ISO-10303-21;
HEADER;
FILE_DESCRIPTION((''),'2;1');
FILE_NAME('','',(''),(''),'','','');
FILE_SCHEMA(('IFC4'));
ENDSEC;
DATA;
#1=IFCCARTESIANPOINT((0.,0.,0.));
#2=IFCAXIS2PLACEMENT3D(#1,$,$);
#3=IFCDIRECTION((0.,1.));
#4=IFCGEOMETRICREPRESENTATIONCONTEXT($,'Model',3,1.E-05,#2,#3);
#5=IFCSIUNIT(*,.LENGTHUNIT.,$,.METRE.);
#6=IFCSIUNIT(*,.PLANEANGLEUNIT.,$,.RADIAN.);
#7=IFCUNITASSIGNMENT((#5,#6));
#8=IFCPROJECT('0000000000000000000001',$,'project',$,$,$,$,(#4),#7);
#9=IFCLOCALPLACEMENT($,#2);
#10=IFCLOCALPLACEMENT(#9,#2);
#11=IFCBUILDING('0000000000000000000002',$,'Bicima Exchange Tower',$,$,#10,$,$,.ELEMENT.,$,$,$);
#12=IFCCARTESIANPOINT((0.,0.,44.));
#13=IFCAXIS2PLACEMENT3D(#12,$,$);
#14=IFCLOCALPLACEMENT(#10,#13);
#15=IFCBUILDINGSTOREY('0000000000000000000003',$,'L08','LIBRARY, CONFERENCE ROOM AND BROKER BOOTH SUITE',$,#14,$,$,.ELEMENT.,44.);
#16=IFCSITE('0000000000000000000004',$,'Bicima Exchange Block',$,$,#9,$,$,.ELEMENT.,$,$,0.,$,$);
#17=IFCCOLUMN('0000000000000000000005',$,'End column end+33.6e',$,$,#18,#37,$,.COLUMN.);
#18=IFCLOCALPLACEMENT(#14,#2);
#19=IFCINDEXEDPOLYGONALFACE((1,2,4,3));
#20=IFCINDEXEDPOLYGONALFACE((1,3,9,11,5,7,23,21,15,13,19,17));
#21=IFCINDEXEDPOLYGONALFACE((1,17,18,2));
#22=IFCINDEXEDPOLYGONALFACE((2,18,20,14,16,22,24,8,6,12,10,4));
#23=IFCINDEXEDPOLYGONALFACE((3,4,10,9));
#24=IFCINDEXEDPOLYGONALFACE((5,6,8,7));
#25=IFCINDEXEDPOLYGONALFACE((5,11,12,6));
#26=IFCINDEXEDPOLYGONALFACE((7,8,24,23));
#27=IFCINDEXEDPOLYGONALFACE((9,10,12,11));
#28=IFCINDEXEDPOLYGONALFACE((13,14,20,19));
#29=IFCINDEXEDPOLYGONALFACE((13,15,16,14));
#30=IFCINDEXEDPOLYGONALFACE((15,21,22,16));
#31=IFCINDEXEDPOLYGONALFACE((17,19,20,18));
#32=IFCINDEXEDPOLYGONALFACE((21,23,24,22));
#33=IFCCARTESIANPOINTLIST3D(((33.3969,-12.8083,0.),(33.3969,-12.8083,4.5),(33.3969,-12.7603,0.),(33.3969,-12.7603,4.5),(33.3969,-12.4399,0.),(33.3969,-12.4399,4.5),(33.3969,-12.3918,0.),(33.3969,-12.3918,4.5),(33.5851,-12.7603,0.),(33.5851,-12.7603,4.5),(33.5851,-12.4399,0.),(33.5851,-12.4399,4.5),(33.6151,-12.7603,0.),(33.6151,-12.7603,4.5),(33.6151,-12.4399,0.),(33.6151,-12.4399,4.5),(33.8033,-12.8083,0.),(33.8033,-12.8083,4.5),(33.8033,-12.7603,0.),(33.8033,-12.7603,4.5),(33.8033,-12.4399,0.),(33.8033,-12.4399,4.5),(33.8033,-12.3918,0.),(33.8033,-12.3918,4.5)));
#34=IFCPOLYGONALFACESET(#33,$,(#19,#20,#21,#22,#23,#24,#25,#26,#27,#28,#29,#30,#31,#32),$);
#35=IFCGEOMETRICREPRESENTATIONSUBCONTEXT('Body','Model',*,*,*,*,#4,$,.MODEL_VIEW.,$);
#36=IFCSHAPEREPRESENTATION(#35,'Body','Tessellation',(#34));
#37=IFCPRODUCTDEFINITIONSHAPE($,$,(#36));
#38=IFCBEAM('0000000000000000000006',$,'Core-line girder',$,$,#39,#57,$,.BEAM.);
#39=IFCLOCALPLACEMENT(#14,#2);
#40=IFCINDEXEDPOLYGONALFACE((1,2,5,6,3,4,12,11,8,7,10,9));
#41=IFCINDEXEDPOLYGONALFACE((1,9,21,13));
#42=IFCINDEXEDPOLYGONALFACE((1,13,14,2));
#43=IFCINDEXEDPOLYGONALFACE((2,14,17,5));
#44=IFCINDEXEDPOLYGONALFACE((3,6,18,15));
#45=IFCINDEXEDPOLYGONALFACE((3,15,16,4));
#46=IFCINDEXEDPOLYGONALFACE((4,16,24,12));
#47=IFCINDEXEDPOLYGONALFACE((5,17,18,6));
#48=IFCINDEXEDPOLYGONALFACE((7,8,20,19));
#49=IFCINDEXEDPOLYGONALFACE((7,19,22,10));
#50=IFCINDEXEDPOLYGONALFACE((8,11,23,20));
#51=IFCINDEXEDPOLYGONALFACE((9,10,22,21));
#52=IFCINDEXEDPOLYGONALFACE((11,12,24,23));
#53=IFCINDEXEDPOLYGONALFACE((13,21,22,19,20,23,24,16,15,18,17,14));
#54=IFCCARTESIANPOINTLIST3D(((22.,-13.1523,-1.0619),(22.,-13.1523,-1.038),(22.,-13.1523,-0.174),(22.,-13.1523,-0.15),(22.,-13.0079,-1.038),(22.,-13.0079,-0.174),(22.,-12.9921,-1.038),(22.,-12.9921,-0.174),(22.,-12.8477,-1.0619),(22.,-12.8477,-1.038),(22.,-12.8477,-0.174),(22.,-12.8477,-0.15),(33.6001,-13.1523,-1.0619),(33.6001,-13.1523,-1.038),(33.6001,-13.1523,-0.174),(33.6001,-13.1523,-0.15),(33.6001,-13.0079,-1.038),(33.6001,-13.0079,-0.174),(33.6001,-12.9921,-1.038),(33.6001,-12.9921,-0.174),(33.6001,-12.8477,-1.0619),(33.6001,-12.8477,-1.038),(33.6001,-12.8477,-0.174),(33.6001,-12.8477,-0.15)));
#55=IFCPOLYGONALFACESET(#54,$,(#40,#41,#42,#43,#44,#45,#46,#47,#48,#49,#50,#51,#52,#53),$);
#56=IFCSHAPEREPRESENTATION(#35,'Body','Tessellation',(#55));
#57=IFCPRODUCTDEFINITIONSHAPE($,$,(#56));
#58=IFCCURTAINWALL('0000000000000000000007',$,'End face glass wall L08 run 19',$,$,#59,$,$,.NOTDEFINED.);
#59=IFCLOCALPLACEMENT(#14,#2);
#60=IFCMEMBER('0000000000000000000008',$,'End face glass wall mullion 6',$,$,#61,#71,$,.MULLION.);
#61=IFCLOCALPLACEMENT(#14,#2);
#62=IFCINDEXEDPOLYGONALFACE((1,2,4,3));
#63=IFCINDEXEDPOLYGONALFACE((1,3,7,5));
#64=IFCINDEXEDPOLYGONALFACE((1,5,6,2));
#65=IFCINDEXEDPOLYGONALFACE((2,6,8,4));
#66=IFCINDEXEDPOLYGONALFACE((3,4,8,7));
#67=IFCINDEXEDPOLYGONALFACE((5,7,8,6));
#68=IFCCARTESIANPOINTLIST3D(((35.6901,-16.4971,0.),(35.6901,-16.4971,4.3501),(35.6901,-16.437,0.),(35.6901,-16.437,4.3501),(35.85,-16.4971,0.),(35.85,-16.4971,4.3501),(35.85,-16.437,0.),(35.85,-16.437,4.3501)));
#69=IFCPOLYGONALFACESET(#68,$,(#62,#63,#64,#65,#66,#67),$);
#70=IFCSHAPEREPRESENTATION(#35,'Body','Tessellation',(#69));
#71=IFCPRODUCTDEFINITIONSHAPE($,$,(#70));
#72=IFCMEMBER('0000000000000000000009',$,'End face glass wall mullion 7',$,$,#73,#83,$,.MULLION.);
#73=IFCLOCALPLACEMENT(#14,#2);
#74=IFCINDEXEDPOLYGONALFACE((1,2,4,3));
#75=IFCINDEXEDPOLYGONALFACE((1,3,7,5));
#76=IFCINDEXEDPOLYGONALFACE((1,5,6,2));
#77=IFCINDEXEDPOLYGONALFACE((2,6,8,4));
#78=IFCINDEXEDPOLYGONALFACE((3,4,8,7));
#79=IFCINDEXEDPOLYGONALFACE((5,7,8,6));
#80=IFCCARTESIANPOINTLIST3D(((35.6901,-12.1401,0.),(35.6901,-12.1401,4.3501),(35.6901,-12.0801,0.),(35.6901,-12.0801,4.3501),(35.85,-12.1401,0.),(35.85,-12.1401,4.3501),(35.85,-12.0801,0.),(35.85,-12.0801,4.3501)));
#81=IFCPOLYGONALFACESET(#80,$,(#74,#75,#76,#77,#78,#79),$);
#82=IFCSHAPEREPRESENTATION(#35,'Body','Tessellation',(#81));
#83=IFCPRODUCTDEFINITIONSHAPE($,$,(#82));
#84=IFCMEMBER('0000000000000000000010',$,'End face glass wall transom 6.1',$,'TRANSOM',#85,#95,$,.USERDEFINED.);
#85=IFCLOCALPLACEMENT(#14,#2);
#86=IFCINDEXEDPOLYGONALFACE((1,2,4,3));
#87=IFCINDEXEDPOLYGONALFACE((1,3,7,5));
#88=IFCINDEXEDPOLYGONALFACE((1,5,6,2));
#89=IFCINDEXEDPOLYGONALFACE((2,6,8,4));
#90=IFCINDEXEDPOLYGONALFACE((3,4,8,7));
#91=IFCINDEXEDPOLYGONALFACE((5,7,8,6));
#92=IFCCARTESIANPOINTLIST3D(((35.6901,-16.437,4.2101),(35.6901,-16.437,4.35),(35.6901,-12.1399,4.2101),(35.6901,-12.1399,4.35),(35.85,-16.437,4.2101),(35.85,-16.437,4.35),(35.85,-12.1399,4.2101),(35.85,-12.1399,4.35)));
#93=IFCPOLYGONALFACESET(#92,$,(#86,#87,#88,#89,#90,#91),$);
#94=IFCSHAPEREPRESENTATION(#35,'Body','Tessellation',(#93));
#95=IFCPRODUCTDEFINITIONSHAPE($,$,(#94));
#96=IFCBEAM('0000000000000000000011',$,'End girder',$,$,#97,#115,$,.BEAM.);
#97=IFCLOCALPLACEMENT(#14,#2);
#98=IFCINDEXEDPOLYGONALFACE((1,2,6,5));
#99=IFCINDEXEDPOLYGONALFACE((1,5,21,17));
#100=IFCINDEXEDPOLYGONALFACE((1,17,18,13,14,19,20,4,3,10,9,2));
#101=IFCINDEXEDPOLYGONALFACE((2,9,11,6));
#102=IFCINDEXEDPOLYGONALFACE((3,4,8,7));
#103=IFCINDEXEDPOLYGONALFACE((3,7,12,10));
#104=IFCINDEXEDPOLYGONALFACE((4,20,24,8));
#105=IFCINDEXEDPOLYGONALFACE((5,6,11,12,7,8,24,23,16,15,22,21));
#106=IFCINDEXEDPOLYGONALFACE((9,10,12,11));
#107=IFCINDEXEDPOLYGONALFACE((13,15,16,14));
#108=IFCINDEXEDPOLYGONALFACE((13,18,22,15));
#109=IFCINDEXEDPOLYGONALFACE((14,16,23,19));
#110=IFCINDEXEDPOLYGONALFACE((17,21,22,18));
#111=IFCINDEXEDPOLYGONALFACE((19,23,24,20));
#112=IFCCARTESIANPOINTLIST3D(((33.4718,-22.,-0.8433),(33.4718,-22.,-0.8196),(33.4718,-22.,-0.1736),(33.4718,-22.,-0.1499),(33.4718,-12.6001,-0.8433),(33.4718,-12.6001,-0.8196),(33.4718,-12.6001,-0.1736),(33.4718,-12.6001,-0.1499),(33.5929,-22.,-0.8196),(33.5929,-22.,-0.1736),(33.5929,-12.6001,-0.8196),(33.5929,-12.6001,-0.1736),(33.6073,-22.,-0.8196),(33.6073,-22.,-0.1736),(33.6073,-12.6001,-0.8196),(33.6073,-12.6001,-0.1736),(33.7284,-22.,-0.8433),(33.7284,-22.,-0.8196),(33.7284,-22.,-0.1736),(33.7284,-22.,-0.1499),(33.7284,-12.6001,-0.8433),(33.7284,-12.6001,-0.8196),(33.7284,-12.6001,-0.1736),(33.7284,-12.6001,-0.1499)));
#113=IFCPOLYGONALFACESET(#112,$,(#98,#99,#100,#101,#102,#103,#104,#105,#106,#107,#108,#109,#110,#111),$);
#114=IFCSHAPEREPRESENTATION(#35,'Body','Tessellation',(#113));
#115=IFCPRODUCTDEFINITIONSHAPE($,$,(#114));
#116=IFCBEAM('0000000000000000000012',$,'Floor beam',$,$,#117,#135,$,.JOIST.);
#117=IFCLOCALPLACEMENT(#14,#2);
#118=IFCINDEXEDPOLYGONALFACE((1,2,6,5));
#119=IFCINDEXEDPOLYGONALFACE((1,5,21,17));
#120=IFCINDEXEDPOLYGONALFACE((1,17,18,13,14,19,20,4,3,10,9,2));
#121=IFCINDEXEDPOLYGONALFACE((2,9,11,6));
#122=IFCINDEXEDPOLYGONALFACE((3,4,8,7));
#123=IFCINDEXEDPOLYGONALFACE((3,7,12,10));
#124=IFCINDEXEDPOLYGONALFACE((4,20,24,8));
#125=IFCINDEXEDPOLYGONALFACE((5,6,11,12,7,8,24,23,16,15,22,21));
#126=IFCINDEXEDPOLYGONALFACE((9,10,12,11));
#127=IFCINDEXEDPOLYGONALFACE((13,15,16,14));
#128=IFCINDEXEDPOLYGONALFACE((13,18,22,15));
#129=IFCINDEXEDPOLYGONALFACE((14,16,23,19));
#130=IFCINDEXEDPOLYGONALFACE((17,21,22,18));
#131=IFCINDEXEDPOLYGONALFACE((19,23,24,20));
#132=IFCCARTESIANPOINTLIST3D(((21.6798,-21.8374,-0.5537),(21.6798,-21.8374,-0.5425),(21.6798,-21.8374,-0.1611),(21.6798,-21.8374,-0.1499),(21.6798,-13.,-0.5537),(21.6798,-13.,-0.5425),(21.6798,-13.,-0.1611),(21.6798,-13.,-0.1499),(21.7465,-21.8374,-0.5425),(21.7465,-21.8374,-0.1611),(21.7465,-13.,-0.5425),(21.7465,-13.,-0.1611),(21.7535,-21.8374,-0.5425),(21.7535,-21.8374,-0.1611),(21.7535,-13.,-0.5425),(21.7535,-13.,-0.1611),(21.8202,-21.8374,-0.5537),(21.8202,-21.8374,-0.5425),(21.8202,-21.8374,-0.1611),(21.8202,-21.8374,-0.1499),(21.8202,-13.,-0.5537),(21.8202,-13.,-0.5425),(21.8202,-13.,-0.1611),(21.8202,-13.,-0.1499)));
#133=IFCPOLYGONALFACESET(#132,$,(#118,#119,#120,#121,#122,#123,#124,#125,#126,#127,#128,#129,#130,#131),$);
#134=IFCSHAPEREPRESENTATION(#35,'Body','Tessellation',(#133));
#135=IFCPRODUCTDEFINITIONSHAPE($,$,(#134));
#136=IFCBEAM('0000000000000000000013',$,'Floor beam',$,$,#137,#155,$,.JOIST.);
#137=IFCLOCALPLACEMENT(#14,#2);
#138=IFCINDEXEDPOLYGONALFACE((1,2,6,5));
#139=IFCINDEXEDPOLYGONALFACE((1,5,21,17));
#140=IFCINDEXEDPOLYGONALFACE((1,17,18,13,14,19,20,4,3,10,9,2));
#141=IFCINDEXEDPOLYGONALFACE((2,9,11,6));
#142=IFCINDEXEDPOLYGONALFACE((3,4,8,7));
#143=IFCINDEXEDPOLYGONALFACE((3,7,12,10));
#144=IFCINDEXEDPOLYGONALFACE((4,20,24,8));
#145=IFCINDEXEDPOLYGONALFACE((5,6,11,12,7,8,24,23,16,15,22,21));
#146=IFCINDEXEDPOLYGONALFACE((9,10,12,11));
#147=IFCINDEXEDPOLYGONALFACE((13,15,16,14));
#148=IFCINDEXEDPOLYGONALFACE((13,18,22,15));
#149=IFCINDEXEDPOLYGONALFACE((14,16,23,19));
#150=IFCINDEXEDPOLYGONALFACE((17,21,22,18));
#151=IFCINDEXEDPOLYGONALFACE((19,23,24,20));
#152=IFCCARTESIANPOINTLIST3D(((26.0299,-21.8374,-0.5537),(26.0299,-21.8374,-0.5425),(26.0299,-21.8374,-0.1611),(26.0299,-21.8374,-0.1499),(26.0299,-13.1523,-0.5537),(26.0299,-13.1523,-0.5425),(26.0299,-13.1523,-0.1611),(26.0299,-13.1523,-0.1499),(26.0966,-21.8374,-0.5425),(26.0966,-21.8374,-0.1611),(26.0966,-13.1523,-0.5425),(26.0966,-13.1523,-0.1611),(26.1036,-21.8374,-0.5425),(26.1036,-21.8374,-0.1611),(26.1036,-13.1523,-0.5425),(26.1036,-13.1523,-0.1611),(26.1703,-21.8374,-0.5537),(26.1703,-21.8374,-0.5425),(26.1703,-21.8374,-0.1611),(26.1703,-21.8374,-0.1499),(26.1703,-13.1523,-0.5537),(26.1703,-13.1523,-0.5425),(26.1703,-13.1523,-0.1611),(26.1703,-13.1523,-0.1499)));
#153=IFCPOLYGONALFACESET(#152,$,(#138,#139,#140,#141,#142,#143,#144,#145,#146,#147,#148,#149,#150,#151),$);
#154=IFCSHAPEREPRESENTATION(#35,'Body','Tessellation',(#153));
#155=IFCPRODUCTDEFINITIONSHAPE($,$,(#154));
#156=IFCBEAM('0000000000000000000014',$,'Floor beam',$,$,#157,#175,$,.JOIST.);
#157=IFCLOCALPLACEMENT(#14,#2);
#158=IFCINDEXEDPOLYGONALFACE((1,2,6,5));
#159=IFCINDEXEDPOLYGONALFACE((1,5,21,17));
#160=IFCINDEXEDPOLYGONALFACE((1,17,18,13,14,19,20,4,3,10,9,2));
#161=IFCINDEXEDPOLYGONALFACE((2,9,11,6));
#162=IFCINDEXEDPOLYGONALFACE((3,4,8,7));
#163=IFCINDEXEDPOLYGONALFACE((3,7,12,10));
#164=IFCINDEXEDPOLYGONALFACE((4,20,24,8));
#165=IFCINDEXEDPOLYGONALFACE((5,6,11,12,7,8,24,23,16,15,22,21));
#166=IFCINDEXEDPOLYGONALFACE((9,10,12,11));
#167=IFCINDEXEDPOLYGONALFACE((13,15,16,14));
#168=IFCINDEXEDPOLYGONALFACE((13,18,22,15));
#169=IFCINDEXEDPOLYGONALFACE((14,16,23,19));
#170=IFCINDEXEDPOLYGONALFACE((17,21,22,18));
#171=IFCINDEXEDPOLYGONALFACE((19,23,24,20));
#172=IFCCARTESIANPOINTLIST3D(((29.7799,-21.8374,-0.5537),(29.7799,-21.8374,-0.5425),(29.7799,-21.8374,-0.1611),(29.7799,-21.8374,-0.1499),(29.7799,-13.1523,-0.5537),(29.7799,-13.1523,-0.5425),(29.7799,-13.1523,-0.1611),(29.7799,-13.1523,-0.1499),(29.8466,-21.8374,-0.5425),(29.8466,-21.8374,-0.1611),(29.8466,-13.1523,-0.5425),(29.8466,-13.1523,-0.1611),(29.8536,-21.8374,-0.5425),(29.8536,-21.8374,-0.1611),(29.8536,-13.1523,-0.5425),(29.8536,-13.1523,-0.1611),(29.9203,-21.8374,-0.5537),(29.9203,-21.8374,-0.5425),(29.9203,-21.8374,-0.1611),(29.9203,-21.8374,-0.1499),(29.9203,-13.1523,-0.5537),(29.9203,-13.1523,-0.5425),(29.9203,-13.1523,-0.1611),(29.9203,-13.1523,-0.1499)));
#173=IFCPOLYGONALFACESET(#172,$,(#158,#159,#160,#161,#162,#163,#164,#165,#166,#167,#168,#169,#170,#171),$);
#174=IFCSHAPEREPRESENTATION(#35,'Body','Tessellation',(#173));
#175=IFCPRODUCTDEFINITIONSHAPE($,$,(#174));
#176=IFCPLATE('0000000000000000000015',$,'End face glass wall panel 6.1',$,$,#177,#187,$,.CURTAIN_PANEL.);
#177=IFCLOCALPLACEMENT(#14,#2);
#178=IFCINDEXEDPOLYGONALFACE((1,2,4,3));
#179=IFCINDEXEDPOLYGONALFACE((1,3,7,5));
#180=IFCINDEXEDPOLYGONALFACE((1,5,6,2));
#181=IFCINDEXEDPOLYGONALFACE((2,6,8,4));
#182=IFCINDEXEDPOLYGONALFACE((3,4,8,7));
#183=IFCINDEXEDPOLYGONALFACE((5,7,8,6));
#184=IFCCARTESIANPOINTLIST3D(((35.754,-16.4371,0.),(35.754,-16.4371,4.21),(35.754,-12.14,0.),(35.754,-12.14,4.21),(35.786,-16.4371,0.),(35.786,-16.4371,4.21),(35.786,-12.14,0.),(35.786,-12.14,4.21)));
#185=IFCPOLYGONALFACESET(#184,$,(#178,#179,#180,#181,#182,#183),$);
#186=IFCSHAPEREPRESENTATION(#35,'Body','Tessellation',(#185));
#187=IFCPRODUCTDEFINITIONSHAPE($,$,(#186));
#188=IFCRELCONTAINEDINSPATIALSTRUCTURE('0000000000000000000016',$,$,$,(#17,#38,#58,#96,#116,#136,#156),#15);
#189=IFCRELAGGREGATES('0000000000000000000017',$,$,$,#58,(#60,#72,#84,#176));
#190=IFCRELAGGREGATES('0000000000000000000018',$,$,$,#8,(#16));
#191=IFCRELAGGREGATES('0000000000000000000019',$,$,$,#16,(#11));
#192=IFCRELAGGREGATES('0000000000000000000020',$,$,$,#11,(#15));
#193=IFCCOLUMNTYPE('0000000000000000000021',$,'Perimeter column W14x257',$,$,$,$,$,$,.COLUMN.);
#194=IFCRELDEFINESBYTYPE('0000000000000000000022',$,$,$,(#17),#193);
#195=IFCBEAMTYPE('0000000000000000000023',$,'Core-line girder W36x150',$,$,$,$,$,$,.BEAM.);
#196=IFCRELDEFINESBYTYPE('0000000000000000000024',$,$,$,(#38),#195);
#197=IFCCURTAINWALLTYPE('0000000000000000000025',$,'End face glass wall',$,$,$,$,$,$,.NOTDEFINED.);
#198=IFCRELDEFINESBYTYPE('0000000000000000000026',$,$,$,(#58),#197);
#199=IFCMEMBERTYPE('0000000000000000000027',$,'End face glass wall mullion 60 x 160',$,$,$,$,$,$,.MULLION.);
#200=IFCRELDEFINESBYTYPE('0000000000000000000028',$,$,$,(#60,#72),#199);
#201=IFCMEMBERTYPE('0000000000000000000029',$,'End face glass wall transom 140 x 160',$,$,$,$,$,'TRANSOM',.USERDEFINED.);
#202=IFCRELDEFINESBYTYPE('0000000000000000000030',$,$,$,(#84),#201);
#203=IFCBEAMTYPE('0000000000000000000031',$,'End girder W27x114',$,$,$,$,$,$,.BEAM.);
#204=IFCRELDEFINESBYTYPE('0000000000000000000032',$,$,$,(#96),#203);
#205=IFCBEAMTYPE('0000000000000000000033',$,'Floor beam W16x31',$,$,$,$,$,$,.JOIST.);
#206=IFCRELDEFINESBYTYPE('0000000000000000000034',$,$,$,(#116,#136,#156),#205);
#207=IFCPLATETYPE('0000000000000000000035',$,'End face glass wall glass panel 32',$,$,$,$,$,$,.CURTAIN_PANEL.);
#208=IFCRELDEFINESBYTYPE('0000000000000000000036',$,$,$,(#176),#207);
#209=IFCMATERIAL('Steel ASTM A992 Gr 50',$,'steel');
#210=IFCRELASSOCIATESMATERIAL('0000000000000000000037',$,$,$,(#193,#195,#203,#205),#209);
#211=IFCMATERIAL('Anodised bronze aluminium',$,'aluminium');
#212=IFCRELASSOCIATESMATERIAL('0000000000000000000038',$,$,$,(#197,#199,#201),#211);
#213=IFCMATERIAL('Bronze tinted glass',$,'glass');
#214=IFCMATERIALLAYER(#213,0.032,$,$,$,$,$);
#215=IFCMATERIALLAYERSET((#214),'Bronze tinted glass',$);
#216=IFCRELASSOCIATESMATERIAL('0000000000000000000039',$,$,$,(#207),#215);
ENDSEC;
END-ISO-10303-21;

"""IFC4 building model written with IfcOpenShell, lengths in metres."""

from ifc_helpers import new_model, si_unit, direction, frame, origin, origin_2d, place, context, subcontext, project, spatial, rectangle, i_section, extrude, material, layer, layer_set, material_profile, profile_set, type_object, element, aggregate, save


model = new_model("IFC4")

# Units and contexts
model_context = context("Model", 3, precision=1e-05, world=origin(), true_north=direction((0.0, 1.0)))
body_context = subcontext(model_context, "Body", "Model", "MODEL_VIEW")
ifc_project = project(units=[si_unit("LENGTHUNIT", "METRE"), si_unit("PLANEANGLEUNIT", "RADIAN")], contexts=[model_context])

# Site, building, storey
site_placement = place(None, origin())
site = spatial("IfcSite", under=ifc_project, at=site_placement, Name="Bicima Exchange Block", CompositionType="ELEMENT", RefElevation=0.0)
building_placement = place(site_placement, origin())
building = spatial("IfcBuilding", under=site, at=building_placement, Name="Bicima Exchange Tower", CompositionType="ELEMENT")
storey_placement = place(building_placement, frame((0.0, 0.0, 44.0)))
storey = spatial("IfcBuildingStorey", under=building, at=storey_placement, Name="L08", Description="LIBRARY, CONFERENCE ROOM AND BROKER BOOTH SUITE", CompositionType="ELEMENT", Elevation=44.0)

# Column
ifc_material_1 = material(Name="Steel ASTM A992 Gr 50", Category="steel")
ifc_material_profile_1 = material_profile(ifc_material_1, i_section(OverallWidth=0.4065, OverallDepth=0.4165, WebThickness=0.03, FlangeThickness=0.0481, at=origin_2d()))
ifc_profile_set_1 = profile_set([ifc_material_profile_1], Name="Steel ASTM A992 Gr 50")
column_type = type_object("IfcColumnType", Name="Perimeter column W14x257", PredefinedType="COLUMN", material=ifc_profile_set_1)
column_placement = place(storey_placement, frame((33.6001, -12.6001, 0.0), z_axis=(0.0, 0.0, 1.0), x_axis=(1.0, 0.0, 0.0)))
element("IfcColumn", 1, at=column_placement, inside=storey, type_object=column_type, Name="End column end+33.6e", PredefinedType="COLUMN", context=body_context, shape_type="SweptSolid", body=[
    extrude(i_section(OverallWidth=0.4065, OverallDepth=0.4165, WebThickness=0.03, FlangeThickness=0.0481, at=origin_2d()), origin(), (0.0, 0.0, 1.0), 4.5),
])

# Beam
ifc_material_profile_2 = material_profile(ifc_material_1, i_section(OverallWidth=0.3047, OverallDepth=0.9119, WebThickness=0.0159, FlangeThickness=0.0239, at=origin_2d()))
ifc_profile_set_2 = profile_set([ifc_material_profile_2], Name="Steel ASTM A992 Gr 50")
beam_type_1 = type_object("IfcBeamType", Name="Core-line girder W36x150", PredefinedType="BEAM", material=ifc_profile_set_2)
beam_1_placement = place(storey_placement, frame((22.0, -13.0, -0.606), z_axis=(1.0, 0.0, 0.0), x_axis=(0.0, 1.0, 0.0)))
element("IfcBeam", 2, at=beam_1_placement, inside=storey, type_object=beam_type_1, Name="Core-line girder", PredefinedType="BEAM", context=body_context, shape_type="SweptSolid", body=[
    extrude(i_section(OverallWidth=0.3047, OverallDepth=0.9119, WebThickness=0.0159, FlangeThickness=0.0239, at=origin_2d()), origin(), (0.0, 0.0, 1.0), 11.6001),
])

# Curtain wall, members
ifc_material_2 = material(Name="Anodised bronze aluminium", Category="aluminium")
curtain_wall_type = type_object("IfcCurtainWallType", Name="End face glass wall", PredefinedType="NOTDEFINED", material=ifc_material_2)
curtain_wall_placement = place(storey_placement, origin())
curtain_wall = element("IfcCurtainWall", 3, at=curtain_wall_placement, inside=storey, type_object=curtain_wall_type, Name="End face glass wall L08 run 19", PredefinedType="NOTDEFINED")
ifc_material_profile_3 = material_profile(ifc_material_2, rectangle(XDim=0.1599, YDim=0.0601, at=origin_2d()))
ifc_profile_set_3 = profile_set([ifc_material_profile_3], Name="Anodised bronze aluminium")
member_type_1 = type_object("IfcMemberType", Name="End face glass wall mullion 60 x 160", PredefinedType="MULLION", material=ifc_profile_set_3)
member_1_placement = place(storey_placement, frame((35.77, -16.467, 0.0), z_axis=(0.0, 0.0, 1.0), x_axis=(-1.0, 0.0, 0.0)))
member_1 = element("IfcMember", 4, at=member_1_placement, type_object=member_type_1, Name="End face glass wall mullion 6", PredefinedType="MULLION", context=body_context, shape_type="SweptSolid", body=[
    extrude(rectangle(XDim=0.1599, YDim=0.0601, at=origin_2d()), origin(), (0.0, 0.0, 1.0), 4.3501),
])
member_2_placement = place(storey_placement, frame((35.77, -12.1101, 0.0), z_axis=(0.0, 0.0, 1.0), x_axis=(-1.0, 0.0, 0.0)))
member_2 = element("IfcMember", 5, at=member_2_placement, type_object=member_type_1, Name="End face glass wall mullion 7", PredefinedType="MULLION", context=body_context, shape_type="SweptSolid", body=[
    extrude(rectangle(XDim=0.1599, YDim=0.0601, at=origin_2d()), origin(), (0.0, 0.0, 1.0), 4.3501),
])
ifc_material_profile_4 = material_profile(ifc_material_2, rectangle(XDim=0.1599, YDim=0.1399, at=origin_2d()))
ifc_profile_set_4 = profile_set([ifc_material_profile_4], Name="Anodised bronze aluminium")
member_type_2 = type_object("IfcMemberType", Name="End face glass wall transom 140 x 160", ElementType="TRANSOM", PredefinedType="USERDEFINED", material=ifc_profile_set_4)
member_3_placement = place(storey_placement, frame((35.77, -16.437, 4.28), z_axis=(0.0, 1.0, 0.0), x_axis=(-1.0, 0.0, 0.0)))
member_3 = element("IfcMember", 6, at=member_3_placement, type_object=member_type_2, Name="End face glass wall transom 6.1", ObjectType="TRANSOM", PredefinedType="USERDEFINED", context=body_context, shape_type="SweptSolid", body=[
    extrude(rectangle(XDim=0.1599, YDim=0.1399, at=origin_2d()), origin(), (0.0, 0.0, 1.0), 4.2971),
])

# Beams
ifc_material_profile_5 = material_profile(ifc_material_1, i_section(OverallWidth=0.2566, OverallDepth=0.6934, WebThickness=0.0144, FlangeThickness=0.0237, at=origin_2d()))
ifc_profile_set_5 = profile_set([ifc_material_profile_5], Name="Steel ASTM A992 Gr 50")
beam_type_2 = type_object("IfcBeamType", Name="End girder W27x114", PredefinedType="BEAM", material=ifc_profile_set_5)
beam_2_placement = place(storey_placement, frame((33.6001, -12.6001, -0.4966), z_axis=(0.0, -1.0, 0.0), x_axis=(1.0, 0.0, 0.0)))
element("IfcBeam", 7, at=beam_2_placement, inside=storey, type_object=beam_type_2, Name="End girder", PredefinedType="BEAM", context=body_context, shape_type="SweptSolid", body=[
    extrude(i_section(OverallWidth=0.2566, OverallDepth=0.6934, WebThickness=0.0144, FlangeThickness=0.0237, at=origin_2d()), origin(), (0.0, 0.0, 1.0), 9.3999),
])
ifc_material_profile_6 = material_profile(ifc_material_1, i_section(OverallWidth=0.1404, OverallDepth=0.4038, WebThickness=0.0071, FlangeThickness=0.0112, at=origin_2d()))
ifc_profile_set_6 = profile_set([ifc_material_profile_6], Name="Steel ASTM A992 Gr 50")
beam_type_3 = type_object("IfcBeamType", Name="Floor beam W16x31", PredefinedType="JOIST", material=ifc_profile_set_6)
beam_3_placement = place(storey_placement, frame((21.75, -13.0, -0.3518), z_axis=(0.0, -1.0, 0.0), x_axis=(1.0, 0.0, 0.0)))
element("IfcBeam", 8, at=beam_3_placement, inside=storey, type_object=beam_type_3, Name="Floor beam", PredefinedType="JOIST", context=body_context, shape_type="SweptSolid", body=[
    extrude(i_section(OverallWidth=0.1404, OverallDepth=0.4038, WebThickness=0.0071, FlangeThickness=0.0112, at=origin_2d()), origin(), (0.0, 0.0, 1.0), 8.8374),
])
for number, where, z_axis, x_axis, name in (
    (9, (26.1001, -13.1523, -0.3518), (0.0, -1.0, 0.0), (1.0, 0.0, 0.0), "Floor beam"),
    (10, (29.8501, -13.1523, -0.3518), (0.0, -1.0, 0.0), (1.0, 0.0, 0.0), "Floor beam"),
):
    element("IfcBeam", number, at=place(storey_placement, frame(where, z_axis=z_axis, x_axis=x_axis)), inside=storey, type_object=beam_type_3, Name=name, PredefinedType="JOIST", context=body_context, shape_type="SweptSolid", body=[
        extrude(i_section(OverallWidth=0.1404, OverallDepth=0.4038, WebThickness=0.0071, FlangeThickness=0.0112, at=origin_2d()), origin(), (0.0, 0.0, 1.0), 8.6851),
    ])

# Plate
ifc_material_3 = material(Name="Bronze tinted glass", Category="glass")
ifc_layer_1 = layer(ifc_material_3, 0.032)
ifc_layer_set_1 = layer_set([ifc_layer_1], Name="Bronze tinted glass")
plate_type = type_object("IfcPlateType", Name="End face glass wall glass panel 32", PredefinedType="CURTAIN_PANEL", material=ifc_layer_set_1)
plate_placement = place(storey_placement, frame((35.77, -14.2886, 0.0), z_axis=(0.0, 0.0, 1.0), x_axis=(0.0, 1.0, 0.0)))
plate = element("IfcPlate", 11, at=plate_placement, type_object=plate_type, Name="End face glass wall panel 6.1", PredefinedType="CURTAIN_PANEL", context=body_context, shape_type="SweptSolid", body=[
    extrude(rectangle(XDim=4.2971, YDim=0.032, at=origin_2d()), origin(), (0.0, 0.0, 1.0), 4.21),
])
aggregate(curtain_wall, [member_1, member_2, member_3, plate])

save(model, "model.ifc")
